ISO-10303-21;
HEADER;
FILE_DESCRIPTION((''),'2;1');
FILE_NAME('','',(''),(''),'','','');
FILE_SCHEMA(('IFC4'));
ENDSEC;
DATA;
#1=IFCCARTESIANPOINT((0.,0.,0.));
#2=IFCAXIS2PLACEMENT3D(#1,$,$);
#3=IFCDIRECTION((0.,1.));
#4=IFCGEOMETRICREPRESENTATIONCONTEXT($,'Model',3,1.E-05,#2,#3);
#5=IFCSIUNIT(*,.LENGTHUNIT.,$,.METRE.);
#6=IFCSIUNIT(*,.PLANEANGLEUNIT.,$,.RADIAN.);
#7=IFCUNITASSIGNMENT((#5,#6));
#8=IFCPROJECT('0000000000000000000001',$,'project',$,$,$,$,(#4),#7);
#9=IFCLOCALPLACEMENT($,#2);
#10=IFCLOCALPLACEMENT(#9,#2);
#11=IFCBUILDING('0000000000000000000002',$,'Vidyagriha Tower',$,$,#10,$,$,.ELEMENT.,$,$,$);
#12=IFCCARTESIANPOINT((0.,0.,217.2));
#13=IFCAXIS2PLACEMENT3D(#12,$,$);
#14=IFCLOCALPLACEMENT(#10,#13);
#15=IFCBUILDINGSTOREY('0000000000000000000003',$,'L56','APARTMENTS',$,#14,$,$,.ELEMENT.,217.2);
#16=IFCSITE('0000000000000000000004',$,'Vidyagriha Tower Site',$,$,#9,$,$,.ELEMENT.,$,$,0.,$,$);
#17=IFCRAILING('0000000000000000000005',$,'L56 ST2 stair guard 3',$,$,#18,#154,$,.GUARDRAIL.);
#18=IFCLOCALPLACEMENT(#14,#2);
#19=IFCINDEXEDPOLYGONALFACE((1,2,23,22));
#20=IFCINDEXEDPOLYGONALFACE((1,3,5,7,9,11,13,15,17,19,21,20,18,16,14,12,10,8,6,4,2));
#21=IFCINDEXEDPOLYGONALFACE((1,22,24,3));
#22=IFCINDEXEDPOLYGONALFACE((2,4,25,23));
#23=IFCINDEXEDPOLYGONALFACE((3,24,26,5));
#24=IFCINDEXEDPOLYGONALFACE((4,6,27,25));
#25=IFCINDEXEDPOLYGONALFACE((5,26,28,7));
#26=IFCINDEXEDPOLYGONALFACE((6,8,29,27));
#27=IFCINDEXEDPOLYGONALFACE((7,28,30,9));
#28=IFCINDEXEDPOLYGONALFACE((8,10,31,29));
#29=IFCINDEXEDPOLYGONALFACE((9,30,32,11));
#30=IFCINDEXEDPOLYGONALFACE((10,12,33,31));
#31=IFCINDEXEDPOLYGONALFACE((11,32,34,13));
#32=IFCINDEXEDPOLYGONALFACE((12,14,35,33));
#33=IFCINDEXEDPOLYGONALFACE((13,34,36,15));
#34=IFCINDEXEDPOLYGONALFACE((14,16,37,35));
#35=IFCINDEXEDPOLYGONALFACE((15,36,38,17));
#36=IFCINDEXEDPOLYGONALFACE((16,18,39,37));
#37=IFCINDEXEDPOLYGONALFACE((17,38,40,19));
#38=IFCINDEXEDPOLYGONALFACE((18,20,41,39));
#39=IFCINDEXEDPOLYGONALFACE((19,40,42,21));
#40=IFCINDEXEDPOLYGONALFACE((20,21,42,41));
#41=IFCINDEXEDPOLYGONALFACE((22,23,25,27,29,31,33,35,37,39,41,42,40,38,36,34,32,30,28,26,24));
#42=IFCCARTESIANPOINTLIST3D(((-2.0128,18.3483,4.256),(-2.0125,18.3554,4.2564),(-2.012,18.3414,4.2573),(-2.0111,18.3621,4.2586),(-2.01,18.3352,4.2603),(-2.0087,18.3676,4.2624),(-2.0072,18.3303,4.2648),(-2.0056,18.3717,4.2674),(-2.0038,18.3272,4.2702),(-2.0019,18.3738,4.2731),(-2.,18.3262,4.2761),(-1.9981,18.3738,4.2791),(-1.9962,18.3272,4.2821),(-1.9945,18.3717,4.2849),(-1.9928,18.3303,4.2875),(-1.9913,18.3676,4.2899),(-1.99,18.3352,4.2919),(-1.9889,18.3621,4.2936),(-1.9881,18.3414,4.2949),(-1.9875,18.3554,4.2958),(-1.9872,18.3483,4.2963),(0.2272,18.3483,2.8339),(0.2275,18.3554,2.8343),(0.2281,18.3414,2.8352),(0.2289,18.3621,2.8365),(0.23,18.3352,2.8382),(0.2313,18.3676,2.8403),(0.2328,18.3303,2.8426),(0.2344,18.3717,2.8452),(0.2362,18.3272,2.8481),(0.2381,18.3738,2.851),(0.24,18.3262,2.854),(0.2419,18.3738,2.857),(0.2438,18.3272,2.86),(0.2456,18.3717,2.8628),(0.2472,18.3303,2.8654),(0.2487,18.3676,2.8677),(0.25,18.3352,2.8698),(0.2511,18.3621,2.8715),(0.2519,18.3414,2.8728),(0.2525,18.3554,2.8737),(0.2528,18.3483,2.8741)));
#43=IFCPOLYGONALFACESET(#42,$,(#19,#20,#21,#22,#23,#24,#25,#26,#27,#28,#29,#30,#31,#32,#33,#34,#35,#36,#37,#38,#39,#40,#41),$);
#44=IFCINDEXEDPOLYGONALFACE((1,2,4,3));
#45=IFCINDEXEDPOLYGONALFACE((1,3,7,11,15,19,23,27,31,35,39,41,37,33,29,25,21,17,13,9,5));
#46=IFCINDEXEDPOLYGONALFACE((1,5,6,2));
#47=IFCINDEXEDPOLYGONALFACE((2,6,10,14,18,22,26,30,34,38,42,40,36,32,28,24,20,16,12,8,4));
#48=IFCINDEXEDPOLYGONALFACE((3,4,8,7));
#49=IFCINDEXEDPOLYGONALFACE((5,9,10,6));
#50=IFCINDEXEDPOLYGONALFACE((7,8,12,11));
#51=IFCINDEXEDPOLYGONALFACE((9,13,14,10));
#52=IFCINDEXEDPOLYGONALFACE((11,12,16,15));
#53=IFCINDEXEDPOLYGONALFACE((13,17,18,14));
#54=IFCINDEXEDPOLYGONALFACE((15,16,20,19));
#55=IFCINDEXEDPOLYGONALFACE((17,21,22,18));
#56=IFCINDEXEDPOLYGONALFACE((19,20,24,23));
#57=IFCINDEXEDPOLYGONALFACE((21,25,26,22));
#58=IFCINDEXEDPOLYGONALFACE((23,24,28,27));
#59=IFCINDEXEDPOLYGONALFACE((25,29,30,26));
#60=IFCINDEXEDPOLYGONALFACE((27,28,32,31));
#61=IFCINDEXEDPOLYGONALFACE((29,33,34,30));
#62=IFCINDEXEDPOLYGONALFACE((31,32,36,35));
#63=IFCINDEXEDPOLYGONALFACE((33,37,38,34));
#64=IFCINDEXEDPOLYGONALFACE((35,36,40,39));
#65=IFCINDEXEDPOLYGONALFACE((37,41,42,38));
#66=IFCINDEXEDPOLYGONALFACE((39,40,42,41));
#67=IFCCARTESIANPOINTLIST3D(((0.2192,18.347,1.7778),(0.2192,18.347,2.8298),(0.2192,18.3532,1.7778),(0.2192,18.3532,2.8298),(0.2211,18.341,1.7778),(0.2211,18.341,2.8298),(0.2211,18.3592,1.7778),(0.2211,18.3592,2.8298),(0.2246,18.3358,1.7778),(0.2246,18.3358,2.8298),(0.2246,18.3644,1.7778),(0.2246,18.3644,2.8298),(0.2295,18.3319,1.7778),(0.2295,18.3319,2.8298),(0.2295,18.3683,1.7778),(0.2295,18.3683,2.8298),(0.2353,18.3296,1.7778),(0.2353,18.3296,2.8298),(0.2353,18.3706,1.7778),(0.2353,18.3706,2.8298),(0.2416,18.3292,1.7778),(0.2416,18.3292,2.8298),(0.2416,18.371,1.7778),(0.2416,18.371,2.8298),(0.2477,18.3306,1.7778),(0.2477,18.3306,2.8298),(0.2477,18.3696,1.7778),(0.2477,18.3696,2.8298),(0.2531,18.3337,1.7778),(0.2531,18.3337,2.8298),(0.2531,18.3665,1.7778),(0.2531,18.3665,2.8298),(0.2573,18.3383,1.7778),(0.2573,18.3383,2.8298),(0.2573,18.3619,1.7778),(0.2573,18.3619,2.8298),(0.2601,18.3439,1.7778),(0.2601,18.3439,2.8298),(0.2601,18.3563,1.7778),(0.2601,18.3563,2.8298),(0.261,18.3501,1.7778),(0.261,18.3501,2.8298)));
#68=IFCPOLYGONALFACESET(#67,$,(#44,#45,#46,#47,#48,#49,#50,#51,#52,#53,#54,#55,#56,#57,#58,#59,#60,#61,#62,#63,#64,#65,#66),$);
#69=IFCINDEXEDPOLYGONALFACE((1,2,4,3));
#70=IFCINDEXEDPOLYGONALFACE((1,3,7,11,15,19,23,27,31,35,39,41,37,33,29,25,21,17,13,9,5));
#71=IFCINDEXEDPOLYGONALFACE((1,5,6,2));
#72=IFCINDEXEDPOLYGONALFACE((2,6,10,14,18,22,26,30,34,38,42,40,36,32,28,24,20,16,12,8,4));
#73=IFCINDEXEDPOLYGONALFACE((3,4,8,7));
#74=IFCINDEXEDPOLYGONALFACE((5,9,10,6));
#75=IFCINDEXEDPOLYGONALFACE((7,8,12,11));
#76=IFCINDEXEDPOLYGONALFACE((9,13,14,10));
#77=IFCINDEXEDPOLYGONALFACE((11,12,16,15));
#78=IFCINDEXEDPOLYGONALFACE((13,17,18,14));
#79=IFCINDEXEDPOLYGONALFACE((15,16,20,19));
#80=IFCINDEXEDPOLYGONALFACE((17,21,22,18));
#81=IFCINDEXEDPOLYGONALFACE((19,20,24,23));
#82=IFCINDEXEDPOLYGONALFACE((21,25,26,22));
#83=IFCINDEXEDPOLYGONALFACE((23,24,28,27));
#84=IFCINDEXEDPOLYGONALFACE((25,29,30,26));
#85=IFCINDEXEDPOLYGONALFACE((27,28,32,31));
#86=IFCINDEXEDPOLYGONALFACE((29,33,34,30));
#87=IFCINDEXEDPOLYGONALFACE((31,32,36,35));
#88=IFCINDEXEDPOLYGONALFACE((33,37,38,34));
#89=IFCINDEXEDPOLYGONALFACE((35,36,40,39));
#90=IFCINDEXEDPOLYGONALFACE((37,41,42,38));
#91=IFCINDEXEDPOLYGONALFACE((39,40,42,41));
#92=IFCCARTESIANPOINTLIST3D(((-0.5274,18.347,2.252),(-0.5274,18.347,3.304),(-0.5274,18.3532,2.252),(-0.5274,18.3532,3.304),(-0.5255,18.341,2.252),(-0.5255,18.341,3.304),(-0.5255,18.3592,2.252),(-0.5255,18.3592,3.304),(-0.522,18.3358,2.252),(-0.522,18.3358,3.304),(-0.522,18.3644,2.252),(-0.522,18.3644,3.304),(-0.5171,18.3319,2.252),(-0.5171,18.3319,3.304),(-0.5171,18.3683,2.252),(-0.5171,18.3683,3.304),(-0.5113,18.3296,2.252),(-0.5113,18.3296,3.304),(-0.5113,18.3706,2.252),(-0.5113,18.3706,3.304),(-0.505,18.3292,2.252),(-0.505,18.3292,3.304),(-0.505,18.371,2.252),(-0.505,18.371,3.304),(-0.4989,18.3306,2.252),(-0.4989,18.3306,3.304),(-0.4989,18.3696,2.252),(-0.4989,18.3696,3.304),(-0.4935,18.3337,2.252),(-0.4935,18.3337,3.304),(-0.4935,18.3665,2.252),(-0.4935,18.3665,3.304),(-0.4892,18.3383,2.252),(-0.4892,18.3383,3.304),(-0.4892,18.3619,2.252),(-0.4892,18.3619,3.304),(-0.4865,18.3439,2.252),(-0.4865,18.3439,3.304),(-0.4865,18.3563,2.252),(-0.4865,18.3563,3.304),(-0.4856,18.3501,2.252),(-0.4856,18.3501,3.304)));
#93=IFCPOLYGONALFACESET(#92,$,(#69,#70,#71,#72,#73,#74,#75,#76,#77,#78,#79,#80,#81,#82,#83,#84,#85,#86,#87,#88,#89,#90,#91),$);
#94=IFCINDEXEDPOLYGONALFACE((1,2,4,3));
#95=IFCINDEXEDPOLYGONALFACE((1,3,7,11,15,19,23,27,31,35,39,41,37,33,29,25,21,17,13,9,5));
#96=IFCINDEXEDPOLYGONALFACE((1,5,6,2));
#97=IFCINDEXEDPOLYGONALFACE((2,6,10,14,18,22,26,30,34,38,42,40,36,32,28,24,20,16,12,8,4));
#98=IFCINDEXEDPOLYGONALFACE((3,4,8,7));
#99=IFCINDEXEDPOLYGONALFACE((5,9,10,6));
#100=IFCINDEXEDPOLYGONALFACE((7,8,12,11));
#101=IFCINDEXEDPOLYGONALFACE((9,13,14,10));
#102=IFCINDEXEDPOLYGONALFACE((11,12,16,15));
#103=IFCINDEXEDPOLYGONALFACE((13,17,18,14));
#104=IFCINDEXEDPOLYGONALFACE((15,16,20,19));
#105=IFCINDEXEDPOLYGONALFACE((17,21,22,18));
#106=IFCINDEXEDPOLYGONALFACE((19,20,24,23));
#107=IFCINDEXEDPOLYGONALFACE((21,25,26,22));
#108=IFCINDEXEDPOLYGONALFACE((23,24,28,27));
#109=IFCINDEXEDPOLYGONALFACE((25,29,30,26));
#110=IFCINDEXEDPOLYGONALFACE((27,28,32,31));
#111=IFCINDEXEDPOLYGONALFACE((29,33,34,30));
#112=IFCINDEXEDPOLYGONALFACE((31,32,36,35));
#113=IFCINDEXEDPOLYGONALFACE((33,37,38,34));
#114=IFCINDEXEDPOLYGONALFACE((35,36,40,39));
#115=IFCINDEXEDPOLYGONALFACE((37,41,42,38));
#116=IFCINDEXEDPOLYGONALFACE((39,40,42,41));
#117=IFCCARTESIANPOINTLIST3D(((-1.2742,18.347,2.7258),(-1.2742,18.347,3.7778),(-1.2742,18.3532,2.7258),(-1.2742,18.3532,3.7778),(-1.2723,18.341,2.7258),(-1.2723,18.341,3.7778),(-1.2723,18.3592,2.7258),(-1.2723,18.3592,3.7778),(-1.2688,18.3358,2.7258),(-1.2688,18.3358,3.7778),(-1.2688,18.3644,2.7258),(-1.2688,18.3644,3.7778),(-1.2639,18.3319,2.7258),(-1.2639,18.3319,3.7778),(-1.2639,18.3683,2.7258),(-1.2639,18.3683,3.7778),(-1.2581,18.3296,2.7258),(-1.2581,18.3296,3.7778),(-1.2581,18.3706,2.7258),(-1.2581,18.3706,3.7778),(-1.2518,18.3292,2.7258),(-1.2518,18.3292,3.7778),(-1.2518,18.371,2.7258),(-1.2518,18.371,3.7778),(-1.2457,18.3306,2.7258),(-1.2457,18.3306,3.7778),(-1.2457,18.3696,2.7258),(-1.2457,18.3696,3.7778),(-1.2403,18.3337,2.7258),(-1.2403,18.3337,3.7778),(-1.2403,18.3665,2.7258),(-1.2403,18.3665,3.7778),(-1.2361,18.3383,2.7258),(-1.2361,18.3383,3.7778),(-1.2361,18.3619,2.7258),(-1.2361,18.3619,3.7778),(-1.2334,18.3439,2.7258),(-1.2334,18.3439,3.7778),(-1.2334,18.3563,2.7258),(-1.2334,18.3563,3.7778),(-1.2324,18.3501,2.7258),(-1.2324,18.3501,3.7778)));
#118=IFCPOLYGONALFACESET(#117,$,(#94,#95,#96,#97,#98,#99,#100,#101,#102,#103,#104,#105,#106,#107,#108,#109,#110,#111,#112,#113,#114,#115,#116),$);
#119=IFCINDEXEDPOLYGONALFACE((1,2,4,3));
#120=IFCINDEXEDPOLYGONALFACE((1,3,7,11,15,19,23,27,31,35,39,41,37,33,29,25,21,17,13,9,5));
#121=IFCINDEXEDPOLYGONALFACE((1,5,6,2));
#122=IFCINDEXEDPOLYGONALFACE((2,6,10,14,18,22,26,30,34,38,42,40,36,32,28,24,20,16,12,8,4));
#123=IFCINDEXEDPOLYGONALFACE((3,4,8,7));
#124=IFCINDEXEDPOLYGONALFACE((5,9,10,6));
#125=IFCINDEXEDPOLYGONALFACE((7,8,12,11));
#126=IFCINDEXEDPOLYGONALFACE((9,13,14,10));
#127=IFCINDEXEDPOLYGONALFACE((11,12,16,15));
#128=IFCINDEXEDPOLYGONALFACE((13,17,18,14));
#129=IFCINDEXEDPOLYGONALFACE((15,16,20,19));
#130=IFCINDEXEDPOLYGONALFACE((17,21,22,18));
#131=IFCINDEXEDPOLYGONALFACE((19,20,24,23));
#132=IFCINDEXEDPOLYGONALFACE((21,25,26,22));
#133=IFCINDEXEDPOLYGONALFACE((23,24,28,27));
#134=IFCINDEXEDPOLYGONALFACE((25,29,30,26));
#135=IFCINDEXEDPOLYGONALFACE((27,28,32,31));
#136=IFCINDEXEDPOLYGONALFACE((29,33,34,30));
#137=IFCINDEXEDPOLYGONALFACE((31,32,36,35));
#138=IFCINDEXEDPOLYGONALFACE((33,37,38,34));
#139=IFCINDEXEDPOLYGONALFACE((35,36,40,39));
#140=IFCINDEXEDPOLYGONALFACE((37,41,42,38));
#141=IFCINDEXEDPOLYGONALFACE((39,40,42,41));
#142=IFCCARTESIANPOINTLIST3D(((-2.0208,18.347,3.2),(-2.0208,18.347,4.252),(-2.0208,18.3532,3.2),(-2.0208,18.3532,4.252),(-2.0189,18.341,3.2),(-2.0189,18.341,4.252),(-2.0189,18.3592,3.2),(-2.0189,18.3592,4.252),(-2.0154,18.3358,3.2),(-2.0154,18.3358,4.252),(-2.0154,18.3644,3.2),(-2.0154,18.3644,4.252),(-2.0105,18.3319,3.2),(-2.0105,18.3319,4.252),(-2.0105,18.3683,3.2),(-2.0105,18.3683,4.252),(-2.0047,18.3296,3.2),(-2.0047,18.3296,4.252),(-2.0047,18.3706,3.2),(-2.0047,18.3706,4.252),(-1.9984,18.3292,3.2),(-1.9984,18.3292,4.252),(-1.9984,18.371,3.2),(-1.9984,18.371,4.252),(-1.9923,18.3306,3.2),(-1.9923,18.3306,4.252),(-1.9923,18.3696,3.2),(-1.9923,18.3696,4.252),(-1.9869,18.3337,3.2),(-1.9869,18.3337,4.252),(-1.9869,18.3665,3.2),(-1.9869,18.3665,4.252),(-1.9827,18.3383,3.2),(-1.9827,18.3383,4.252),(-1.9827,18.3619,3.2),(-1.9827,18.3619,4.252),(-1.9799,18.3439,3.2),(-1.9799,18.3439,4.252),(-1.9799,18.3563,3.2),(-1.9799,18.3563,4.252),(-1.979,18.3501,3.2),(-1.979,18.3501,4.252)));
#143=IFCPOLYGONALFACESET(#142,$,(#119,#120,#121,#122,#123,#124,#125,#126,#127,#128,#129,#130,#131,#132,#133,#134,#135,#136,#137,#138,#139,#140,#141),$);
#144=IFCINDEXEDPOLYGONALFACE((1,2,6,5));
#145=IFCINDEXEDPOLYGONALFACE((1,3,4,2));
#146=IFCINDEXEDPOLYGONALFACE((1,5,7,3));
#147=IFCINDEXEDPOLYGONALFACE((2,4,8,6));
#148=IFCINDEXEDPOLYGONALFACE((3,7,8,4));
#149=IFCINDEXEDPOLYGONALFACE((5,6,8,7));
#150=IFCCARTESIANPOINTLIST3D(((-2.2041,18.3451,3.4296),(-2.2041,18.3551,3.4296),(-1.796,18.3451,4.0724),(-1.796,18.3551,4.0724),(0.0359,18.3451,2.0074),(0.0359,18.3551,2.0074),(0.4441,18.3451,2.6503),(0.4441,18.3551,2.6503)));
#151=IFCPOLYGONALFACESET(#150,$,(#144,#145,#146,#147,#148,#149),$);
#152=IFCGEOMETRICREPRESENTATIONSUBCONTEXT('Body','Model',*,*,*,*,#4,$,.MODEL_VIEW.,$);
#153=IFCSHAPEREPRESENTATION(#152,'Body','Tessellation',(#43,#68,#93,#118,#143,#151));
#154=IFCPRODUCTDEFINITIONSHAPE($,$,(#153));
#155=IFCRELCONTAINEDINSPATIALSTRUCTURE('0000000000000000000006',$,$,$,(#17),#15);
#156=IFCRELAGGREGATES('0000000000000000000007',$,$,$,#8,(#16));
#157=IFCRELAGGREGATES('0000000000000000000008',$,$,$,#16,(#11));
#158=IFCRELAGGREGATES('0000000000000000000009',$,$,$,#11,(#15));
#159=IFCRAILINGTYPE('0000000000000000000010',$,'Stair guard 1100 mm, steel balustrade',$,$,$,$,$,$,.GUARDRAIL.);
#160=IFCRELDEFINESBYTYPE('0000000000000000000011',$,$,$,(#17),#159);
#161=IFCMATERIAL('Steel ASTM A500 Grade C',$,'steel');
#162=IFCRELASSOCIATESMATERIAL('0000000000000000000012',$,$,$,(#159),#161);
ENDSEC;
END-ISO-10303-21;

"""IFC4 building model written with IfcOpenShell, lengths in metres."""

from ifc_helpers import new_model, si_unit, direction, frame, origin, origin_2d, place, context, subcontext, project, spatial, rectangle, circle, extrude, material, type_object, element, save


model = new_model("IFC4")

# Units and contexts
model_context = context("Model", 3, precision=1e-05, world=origin(), true_north=direction((0.0, 1.0)))
body_context = subcontext(model_context, "Body", "Model", "MODEL_VIEW")
ifc_project = project(units=[si_unit("LENGTHUNIT", "METRE"), si_unit("PLANEANGLEUNIT", "RADIAN")], contexts=[model_context])

# Site, building, storey
site_placement = place(None, origin())
site = spatial("IfcSite", under=ifc_project, at=site_placement, Name="Vidyagriha Tower Site", CompositionType="ELEMENT", RefElevation=0.0)
building_placement = place(site_placement, origin())
building = spatial("IfcBuilding", under=site, at=building_placement, Name="Vidyagriha Tower", CompositionType="ELEMENT")
storey_placement = place(building_placement, frame((0.0, 0.0, 217.2)))
storey = spatial("IfcBuildingStorey", under=building, at=storey_placement, Name="L56", Description="APARTMENTS", CompositionType="ELEMENT", Elevation=217.2)

# Railing
ifc_material_1 = material(Name="Steel ASTM A500 Grade C", Category="steel")
railing_type_1 = type_object("IfcRailingType", Name="Stair guard 1100 mm, steel balustrade", PredefinedType="GUARDRAIL", material=ifc_material_1)
railing_1_placement = place(storey_placement, frame((0.24, 18.3501, 1.7778)))
element("IfcRailing", 1, at=railing_1_placement, inside=storey, type_object=railing_type_1, Name="L56 ST2 stair guard 3", PredefinedType="GUARDRAIL", context=body_context, shape_type="SweptSolid", body=[
    extrude(circle(Radius=0.0239, at=origin_2d()), frame((0.0, 0.0, 1.0762), z_axis=(-0.844229, 0.0, 0.535982), x_axis=(0.0, -1.0, 0.0)), (0.0, 0.0, 1.0), 2.6533),
    extrude(circle(Radius=0.021, at=origin_2d()), origin(), (0.0, 0.0, 1.0), 1.052),
    extrude(circle(Radius=0.021, at=origin_2d()), frame((-0.7466, 0.0, 0.4741)), (0.0, 0.0, 1.0), 1.052),
    extrude(circle(Radius=0.021, at=origin_2d()), frame((-1.4934, 0.0, 0.948)), (0.0, 0.0, 1.0), 1.052),
    extrude(circle(Radius=0.021, at=origin_2d()), frame((-2.24, 0.0, 1.4221)), (0.0, 0.0, 1.0), 1.052),
    extrude(rectangle(XDim=0.01, YDim=0.7615, at=origin_2d()), frame((0.0, 0.0, 0.551), z_axis=(-0.844229, 0.0, 0.535982), x_axis=(0.0, -1.0, 0.0)), (0.0, 0.0, 1.0), 2.6533),
])

save(model, "model.ifc")
